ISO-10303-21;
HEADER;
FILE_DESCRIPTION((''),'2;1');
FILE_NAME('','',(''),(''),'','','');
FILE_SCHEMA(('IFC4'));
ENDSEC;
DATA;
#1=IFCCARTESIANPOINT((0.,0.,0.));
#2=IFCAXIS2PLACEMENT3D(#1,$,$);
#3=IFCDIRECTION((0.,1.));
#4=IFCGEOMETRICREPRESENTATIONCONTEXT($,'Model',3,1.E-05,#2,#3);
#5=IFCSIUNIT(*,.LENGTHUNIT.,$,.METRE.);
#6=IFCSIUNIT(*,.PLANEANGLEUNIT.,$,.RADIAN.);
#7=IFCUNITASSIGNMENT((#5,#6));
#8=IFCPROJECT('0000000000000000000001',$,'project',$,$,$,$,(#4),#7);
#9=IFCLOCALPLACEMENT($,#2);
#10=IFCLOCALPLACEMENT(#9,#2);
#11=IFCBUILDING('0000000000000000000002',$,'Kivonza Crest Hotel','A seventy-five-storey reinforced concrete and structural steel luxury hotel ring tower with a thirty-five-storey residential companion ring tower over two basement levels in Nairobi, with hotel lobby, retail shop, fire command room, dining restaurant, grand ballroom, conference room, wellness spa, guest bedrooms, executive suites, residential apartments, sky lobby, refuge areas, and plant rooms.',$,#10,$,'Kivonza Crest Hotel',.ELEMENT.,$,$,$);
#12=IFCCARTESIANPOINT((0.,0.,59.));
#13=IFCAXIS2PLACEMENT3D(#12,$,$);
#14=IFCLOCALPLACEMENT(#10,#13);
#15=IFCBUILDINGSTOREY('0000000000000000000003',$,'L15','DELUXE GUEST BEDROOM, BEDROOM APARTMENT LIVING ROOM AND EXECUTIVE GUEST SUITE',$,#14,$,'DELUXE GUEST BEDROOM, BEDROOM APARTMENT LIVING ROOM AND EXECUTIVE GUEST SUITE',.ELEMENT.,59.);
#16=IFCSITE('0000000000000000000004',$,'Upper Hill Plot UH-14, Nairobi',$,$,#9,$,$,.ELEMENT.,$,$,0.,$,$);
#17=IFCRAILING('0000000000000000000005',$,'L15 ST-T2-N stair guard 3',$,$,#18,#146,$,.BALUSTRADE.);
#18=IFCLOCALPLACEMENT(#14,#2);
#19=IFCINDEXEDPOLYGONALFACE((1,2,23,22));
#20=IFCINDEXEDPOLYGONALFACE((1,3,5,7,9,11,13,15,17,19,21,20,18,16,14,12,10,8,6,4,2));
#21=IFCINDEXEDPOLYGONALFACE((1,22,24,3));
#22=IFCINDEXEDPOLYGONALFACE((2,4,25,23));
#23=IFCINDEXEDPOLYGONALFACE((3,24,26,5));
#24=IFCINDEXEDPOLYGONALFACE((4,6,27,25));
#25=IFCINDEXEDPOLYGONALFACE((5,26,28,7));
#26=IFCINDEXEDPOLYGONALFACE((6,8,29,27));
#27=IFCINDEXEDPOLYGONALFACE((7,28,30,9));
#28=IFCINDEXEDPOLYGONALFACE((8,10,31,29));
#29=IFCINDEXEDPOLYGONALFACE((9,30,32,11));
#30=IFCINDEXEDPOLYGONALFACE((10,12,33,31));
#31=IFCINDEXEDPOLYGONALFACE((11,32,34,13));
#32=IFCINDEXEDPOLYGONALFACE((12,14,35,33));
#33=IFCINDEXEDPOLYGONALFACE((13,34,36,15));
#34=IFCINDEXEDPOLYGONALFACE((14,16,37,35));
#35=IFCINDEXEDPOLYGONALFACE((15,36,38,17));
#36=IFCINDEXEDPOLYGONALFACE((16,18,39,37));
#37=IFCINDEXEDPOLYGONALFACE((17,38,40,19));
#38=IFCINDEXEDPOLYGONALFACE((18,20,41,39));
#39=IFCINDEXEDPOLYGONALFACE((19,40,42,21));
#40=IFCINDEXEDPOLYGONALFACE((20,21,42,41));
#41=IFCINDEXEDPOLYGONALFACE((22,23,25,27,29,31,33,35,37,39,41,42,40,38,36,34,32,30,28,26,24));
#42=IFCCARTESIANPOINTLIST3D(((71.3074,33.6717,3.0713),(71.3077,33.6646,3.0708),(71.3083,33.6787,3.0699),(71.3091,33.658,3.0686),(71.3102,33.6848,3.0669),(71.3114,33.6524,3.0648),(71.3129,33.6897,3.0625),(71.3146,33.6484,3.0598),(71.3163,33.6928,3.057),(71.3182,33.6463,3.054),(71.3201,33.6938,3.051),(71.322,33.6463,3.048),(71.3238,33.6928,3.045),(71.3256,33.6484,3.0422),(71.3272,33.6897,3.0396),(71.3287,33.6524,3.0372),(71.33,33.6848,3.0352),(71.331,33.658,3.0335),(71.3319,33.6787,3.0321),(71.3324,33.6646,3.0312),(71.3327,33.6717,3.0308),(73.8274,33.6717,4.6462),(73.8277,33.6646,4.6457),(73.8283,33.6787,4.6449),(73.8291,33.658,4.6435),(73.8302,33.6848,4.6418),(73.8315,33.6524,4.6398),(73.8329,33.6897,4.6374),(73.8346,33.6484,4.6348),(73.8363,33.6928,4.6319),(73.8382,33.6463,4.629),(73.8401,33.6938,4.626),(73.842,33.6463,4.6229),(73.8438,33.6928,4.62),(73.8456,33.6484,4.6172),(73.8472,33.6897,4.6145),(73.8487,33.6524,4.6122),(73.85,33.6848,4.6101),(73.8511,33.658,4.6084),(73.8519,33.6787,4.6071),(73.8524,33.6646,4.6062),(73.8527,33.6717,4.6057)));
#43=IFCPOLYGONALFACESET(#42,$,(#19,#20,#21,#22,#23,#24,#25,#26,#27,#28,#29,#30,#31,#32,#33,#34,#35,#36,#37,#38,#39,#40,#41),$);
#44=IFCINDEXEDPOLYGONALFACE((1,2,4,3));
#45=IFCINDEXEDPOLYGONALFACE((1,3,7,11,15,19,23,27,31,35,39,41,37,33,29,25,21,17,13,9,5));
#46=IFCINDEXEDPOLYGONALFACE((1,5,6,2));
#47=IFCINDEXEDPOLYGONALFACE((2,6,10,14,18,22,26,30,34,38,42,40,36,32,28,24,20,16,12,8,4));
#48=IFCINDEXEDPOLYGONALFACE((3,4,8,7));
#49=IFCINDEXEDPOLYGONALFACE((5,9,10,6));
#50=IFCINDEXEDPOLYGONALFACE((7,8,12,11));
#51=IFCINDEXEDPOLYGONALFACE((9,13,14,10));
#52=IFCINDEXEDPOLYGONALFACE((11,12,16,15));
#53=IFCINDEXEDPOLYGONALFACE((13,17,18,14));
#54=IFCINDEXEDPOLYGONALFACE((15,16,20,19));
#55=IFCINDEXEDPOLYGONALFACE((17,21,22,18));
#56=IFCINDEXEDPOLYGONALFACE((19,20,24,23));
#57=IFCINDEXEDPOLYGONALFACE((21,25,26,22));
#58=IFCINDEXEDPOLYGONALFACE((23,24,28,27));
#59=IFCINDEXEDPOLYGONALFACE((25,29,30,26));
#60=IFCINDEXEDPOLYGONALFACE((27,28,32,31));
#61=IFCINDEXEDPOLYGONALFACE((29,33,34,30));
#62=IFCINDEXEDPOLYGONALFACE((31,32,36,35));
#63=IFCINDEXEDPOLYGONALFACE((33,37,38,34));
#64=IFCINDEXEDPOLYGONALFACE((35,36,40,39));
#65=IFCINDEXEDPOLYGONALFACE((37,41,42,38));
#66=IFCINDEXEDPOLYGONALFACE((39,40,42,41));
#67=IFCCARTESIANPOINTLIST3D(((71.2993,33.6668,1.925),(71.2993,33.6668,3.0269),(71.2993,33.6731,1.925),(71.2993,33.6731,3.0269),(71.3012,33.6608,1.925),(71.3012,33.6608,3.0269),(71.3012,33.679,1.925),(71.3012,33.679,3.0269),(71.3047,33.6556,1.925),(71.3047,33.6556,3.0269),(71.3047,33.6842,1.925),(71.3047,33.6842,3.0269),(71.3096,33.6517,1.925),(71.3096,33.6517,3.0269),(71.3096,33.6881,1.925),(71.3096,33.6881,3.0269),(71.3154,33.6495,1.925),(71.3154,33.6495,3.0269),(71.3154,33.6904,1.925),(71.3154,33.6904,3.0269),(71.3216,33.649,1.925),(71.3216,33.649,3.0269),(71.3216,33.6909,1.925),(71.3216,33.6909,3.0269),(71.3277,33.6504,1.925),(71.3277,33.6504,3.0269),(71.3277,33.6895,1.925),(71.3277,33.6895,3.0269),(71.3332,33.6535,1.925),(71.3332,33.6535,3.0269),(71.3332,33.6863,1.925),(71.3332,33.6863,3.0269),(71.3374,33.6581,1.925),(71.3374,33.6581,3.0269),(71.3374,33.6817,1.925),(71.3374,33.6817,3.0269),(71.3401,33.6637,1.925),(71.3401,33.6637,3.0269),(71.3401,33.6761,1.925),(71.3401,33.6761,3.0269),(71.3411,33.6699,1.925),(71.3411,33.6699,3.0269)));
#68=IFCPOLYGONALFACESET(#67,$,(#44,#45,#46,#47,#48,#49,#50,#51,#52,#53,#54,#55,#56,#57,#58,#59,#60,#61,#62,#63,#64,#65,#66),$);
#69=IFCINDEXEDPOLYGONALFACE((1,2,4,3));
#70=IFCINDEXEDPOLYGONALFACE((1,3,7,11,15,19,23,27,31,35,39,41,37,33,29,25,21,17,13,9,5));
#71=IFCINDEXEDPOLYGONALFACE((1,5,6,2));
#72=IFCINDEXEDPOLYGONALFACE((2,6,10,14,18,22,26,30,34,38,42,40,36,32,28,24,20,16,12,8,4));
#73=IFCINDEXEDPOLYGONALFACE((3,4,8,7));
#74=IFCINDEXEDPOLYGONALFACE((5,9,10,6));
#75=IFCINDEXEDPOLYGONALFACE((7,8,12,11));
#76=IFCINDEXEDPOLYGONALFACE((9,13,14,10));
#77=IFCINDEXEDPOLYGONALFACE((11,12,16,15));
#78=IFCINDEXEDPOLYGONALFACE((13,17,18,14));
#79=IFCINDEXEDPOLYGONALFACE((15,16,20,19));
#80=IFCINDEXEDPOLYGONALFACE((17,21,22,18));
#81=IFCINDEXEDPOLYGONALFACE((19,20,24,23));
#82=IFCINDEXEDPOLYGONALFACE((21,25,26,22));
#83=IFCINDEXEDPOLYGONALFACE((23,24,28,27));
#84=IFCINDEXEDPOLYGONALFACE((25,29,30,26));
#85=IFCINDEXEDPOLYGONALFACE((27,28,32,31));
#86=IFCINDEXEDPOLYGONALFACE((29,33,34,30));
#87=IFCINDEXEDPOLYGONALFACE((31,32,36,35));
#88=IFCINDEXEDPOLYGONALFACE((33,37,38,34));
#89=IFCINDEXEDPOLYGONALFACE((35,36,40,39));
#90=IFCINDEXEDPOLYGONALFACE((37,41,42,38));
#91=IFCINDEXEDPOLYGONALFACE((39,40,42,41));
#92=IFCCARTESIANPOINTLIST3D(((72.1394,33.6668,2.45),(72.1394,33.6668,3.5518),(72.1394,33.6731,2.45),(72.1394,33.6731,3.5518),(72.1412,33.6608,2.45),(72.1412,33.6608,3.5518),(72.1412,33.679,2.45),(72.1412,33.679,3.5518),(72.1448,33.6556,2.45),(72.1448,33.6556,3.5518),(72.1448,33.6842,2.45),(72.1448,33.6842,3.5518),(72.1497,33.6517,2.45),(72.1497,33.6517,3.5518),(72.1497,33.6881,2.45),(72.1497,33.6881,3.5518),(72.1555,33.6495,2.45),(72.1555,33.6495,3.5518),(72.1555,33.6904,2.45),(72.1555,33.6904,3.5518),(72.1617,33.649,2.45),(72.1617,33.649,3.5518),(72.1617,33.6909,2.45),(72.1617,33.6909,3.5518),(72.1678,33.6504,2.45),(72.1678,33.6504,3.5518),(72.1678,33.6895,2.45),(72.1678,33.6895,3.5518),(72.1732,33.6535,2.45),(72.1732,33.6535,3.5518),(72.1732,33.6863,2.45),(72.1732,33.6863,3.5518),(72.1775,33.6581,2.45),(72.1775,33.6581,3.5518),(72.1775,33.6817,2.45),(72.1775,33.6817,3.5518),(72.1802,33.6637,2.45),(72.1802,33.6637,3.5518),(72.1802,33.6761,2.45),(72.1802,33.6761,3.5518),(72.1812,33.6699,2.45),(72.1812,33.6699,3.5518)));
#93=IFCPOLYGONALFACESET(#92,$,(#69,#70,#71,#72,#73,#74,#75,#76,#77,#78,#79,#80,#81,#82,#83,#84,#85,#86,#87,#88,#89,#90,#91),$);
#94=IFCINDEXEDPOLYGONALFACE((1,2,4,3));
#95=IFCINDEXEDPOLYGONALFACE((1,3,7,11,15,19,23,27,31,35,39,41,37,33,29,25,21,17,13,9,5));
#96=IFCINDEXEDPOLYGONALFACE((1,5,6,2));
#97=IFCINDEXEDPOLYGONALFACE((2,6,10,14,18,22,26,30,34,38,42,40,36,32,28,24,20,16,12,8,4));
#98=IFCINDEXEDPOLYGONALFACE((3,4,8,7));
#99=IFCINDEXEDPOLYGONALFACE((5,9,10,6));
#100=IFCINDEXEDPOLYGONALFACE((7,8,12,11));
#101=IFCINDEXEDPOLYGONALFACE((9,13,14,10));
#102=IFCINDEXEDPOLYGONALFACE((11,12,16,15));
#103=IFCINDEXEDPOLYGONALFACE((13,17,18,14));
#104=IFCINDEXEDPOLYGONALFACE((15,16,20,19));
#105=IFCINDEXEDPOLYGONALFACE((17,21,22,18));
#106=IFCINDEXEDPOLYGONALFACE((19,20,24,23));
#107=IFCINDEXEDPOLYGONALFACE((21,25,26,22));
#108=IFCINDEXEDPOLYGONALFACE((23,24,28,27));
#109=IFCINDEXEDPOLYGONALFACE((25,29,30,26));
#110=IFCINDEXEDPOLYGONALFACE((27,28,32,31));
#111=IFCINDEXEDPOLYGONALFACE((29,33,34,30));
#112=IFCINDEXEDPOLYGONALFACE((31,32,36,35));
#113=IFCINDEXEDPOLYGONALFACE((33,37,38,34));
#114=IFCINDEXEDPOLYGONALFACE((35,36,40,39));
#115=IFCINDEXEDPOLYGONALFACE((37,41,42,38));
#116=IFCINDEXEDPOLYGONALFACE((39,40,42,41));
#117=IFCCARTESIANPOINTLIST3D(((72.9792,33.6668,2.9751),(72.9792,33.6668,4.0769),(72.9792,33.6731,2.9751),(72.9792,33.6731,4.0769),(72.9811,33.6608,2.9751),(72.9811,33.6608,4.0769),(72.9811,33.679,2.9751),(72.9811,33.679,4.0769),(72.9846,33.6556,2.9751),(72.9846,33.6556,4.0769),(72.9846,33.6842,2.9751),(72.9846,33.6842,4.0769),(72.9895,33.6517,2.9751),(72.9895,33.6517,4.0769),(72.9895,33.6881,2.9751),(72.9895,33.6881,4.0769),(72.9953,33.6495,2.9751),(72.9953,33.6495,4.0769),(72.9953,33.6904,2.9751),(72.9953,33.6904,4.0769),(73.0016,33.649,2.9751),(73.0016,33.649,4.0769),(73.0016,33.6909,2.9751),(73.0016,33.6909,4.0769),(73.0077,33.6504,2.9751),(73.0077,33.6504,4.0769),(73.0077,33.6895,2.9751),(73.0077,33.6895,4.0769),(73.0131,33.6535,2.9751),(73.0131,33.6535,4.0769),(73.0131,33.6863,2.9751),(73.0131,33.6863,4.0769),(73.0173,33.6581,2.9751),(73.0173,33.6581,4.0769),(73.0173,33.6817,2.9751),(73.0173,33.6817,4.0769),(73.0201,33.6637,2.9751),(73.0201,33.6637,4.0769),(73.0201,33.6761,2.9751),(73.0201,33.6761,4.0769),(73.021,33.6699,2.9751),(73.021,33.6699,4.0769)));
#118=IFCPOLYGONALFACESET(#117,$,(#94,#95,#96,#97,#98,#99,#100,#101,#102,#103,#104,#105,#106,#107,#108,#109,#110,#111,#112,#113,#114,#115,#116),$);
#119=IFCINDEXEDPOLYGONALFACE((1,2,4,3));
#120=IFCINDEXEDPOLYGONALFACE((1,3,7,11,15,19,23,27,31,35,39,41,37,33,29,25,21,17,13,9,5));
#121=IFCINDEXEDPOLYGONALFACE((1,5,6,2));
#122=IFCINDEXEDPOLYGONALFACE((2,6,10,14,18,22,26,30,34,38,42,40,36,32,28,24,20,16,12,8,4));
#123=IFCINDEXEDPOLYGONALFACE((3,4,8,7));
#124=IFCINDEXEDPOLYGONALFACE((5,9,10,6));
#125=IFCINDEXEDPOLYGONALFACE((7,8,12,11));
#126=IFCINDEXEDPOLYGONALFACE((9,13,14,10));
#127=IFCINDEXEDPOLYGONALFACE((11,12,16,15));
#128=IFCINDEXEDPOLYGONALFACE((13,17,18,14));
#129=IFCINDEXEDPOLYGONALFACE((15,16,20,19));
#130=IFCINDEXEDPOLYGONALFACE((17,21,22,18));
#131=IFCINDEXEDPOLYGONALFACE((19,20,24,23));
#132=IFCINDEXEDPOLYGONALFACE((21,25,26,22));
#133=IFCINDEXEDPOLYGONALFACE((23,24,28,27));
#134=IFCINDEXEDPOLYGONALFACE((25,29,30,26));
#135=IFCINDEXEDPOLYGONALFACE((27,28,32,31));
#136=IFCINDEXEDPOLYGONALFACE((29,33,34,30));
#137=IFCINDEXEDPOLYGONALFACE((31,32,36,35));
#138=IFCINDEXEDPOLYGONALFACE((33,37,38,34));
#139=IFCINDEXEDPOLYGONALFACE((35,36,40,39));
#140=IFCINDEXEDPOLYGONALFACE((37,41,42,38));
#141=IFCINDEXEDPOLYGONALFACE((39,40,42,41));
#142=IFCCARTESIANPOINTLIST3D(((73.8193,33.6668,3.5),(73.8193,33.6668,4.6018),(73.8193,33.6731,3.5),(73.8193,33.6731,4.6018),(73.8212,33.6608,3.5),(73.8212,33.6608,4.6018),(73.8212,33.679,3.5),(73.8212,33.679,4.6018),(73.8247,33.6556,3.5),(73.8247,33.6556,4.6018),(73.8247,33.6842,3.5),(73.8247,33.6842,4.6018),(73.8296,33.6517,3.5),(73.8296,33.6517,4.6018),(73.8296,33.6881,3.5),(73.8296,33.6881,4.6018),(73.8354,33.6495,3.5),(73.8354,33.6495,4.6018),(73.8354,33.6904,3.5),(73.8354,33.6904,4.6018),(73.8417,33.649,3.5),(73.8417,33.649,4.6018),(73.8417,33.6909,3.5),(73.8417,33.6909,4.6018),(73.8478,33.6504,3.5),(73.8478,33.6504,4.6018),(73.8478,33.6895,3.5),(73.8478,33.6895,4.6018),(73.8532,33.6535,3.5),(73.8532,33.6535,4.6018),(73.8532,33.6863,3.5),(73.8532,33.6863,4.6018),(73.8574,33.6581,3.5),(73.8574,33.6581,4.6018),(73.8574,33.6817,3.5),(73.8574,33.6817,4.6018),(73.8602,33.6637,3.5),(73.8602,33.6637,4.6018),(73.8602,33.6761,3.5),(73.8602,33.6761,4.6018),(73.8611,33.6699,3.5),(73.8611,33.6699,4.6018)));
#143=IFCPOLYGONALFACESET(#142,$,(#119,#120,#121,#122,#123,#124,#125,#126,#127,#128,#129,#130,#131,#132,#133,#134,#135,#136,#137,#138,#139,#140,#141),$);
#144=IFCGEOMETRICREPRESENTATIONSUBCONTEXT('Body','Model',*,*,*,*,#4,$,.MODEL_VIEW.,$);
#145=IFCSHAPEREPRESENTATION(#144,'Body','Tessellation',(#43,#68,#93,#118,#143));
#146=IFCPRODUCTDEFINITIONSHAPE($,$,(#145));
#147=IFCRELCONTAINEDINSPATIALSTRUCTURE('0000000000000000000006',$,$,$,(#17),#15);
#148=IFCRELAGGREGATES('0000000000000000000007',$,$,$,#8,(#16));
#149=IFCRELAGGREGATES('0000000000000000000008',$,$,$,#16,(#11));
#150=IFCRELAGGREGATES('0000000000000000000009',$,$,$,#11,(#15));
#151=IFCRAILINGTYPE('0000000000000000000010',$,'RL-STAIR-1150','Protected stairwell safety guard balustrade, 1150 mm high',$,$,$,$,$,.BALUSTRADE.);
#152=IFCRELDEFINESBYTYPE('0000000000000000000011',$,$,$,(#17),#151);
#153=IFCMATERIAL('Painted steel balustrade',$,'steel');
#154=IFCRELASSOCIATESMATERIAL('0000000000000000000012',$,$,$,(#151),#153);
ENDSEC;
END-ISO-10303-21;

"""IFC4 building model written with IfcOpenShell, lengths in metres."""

from ifc_helpers import new_model, si_unit, direction, frame, origin, origin_2d, place, context, subcontext, project, spatial, circle, extrude, material, type_object, element, save


model = new_model("IFC4")

# Units and contexts
model_context = context("Model", 3, precision=1e-05, world=origin(), true_north=direction((0.0, 1.0)))
body_context = subcontext(model_context, "Body", "Model", "MODEL_VIEW")
ifc_project = project(units=[si_unit("LENGTHUNIT", "METRE"), si_unit("PLANEANGLEUNIT", "RADIAN")], contexts=[model_context])

# Site, building, storey
site_placement = place(None, origin())
site = spatial("IfcSite", under=ifc_project, at=site_placement, Name="Upper Hill Plot UH-14, Nairobi", CompositionType="ELEMENT", RefElevation=0.0)
building_placement = place(site_placement, origin())
building = spatial("IfcBuilding", under=site, at=building_placement, Name="Kivonza Crest Hotel", Description="A seventy-five-storey reinforced concrete and structural steel luxury hotel ring tower with a thirty-five-storey residential companion ring tower over two basement levels in Nairobi, with hotel lobby, retail shop, fire command room, dining restaurant, grand ballroom, conference room, wellness spa, guest bedrooms, executive suites, residential apartments, sky lobby, refuge areas, and plant rooms.", LongName="Kivonza Crest Hotel", CompositionType="ELEMENT")
storey_placement = place(building_placement, frame((0.0, 0.0, 59.0)))
storey = spatial("IfcBuildingStorey", under=building, at=storey_placement, Name="L15", Description="DELUXE GUEST BEDROOM, BEDROOM APARTMENT LIVING ROOM AND EXECUTIVE GUEST SUITE", LongName="DELUXE GUEST BEDROOM, BEDROOM APARTMENT LIVING ROOM AND EXECUTIVE GUEST SUITE", CompositionType="ELEMENT", Elevation=59.0)

# Railing
ifc_material_1 = material(Name="Painted steel balustrade", Category="steel")
railing_type_1 = type_object("IfcRailingType", Name="RL-STAIR-1150", Description="Protected stairwell safety guard balustrade, 1150 mm high", PredefinedType="BALUSTRADE", material=ifc_material_1)
railing_1_placement = place(storey_placement, frame((71.3201, 33.6699, 1.925)))
element("IfcRailing", 1, at=railing_1_placement, inside=storey, type_object=railing_type_1, Name="L15 ST-T2-N stair guard 3", PredefinedType="BALUSTRADE", context=body_context, shape_type="SweptSolid", body=[
    extrude(circle(Radius=0.0239, at=origin_2d()), frame((0.0, 0.0, 1.126), z_axis=(0.848008, 0.0, 0.529984), x_axis=(0.0, 1.0, 0.0)), (0.0, 0.0, 1.0), 2.9717),
    extrude(circle(Radius=0.021, at=origin_2d()), origin(), (0.0, 0.0, 1.0), 1.1018),
    extrude(circle(Radius=0.021, at=origin_2d()), frame((0.8401, 0.0, 0.5249)), (0.0, 0.0, 1.0), 1.1018),
    extrude(circle(Radius=0.021, at=origin_2d()), frame((1.6799, 0.0, 1.05)), (0.0, 0.0, 1.0), 1.1018),
    extrude(circle(Radius=0.021, at=origin_2d()), frame((2.52, 0.0, 1.575)), (0.0, 0.0, 1.0), 1.1018),
])

save(model, "model.ifc")
